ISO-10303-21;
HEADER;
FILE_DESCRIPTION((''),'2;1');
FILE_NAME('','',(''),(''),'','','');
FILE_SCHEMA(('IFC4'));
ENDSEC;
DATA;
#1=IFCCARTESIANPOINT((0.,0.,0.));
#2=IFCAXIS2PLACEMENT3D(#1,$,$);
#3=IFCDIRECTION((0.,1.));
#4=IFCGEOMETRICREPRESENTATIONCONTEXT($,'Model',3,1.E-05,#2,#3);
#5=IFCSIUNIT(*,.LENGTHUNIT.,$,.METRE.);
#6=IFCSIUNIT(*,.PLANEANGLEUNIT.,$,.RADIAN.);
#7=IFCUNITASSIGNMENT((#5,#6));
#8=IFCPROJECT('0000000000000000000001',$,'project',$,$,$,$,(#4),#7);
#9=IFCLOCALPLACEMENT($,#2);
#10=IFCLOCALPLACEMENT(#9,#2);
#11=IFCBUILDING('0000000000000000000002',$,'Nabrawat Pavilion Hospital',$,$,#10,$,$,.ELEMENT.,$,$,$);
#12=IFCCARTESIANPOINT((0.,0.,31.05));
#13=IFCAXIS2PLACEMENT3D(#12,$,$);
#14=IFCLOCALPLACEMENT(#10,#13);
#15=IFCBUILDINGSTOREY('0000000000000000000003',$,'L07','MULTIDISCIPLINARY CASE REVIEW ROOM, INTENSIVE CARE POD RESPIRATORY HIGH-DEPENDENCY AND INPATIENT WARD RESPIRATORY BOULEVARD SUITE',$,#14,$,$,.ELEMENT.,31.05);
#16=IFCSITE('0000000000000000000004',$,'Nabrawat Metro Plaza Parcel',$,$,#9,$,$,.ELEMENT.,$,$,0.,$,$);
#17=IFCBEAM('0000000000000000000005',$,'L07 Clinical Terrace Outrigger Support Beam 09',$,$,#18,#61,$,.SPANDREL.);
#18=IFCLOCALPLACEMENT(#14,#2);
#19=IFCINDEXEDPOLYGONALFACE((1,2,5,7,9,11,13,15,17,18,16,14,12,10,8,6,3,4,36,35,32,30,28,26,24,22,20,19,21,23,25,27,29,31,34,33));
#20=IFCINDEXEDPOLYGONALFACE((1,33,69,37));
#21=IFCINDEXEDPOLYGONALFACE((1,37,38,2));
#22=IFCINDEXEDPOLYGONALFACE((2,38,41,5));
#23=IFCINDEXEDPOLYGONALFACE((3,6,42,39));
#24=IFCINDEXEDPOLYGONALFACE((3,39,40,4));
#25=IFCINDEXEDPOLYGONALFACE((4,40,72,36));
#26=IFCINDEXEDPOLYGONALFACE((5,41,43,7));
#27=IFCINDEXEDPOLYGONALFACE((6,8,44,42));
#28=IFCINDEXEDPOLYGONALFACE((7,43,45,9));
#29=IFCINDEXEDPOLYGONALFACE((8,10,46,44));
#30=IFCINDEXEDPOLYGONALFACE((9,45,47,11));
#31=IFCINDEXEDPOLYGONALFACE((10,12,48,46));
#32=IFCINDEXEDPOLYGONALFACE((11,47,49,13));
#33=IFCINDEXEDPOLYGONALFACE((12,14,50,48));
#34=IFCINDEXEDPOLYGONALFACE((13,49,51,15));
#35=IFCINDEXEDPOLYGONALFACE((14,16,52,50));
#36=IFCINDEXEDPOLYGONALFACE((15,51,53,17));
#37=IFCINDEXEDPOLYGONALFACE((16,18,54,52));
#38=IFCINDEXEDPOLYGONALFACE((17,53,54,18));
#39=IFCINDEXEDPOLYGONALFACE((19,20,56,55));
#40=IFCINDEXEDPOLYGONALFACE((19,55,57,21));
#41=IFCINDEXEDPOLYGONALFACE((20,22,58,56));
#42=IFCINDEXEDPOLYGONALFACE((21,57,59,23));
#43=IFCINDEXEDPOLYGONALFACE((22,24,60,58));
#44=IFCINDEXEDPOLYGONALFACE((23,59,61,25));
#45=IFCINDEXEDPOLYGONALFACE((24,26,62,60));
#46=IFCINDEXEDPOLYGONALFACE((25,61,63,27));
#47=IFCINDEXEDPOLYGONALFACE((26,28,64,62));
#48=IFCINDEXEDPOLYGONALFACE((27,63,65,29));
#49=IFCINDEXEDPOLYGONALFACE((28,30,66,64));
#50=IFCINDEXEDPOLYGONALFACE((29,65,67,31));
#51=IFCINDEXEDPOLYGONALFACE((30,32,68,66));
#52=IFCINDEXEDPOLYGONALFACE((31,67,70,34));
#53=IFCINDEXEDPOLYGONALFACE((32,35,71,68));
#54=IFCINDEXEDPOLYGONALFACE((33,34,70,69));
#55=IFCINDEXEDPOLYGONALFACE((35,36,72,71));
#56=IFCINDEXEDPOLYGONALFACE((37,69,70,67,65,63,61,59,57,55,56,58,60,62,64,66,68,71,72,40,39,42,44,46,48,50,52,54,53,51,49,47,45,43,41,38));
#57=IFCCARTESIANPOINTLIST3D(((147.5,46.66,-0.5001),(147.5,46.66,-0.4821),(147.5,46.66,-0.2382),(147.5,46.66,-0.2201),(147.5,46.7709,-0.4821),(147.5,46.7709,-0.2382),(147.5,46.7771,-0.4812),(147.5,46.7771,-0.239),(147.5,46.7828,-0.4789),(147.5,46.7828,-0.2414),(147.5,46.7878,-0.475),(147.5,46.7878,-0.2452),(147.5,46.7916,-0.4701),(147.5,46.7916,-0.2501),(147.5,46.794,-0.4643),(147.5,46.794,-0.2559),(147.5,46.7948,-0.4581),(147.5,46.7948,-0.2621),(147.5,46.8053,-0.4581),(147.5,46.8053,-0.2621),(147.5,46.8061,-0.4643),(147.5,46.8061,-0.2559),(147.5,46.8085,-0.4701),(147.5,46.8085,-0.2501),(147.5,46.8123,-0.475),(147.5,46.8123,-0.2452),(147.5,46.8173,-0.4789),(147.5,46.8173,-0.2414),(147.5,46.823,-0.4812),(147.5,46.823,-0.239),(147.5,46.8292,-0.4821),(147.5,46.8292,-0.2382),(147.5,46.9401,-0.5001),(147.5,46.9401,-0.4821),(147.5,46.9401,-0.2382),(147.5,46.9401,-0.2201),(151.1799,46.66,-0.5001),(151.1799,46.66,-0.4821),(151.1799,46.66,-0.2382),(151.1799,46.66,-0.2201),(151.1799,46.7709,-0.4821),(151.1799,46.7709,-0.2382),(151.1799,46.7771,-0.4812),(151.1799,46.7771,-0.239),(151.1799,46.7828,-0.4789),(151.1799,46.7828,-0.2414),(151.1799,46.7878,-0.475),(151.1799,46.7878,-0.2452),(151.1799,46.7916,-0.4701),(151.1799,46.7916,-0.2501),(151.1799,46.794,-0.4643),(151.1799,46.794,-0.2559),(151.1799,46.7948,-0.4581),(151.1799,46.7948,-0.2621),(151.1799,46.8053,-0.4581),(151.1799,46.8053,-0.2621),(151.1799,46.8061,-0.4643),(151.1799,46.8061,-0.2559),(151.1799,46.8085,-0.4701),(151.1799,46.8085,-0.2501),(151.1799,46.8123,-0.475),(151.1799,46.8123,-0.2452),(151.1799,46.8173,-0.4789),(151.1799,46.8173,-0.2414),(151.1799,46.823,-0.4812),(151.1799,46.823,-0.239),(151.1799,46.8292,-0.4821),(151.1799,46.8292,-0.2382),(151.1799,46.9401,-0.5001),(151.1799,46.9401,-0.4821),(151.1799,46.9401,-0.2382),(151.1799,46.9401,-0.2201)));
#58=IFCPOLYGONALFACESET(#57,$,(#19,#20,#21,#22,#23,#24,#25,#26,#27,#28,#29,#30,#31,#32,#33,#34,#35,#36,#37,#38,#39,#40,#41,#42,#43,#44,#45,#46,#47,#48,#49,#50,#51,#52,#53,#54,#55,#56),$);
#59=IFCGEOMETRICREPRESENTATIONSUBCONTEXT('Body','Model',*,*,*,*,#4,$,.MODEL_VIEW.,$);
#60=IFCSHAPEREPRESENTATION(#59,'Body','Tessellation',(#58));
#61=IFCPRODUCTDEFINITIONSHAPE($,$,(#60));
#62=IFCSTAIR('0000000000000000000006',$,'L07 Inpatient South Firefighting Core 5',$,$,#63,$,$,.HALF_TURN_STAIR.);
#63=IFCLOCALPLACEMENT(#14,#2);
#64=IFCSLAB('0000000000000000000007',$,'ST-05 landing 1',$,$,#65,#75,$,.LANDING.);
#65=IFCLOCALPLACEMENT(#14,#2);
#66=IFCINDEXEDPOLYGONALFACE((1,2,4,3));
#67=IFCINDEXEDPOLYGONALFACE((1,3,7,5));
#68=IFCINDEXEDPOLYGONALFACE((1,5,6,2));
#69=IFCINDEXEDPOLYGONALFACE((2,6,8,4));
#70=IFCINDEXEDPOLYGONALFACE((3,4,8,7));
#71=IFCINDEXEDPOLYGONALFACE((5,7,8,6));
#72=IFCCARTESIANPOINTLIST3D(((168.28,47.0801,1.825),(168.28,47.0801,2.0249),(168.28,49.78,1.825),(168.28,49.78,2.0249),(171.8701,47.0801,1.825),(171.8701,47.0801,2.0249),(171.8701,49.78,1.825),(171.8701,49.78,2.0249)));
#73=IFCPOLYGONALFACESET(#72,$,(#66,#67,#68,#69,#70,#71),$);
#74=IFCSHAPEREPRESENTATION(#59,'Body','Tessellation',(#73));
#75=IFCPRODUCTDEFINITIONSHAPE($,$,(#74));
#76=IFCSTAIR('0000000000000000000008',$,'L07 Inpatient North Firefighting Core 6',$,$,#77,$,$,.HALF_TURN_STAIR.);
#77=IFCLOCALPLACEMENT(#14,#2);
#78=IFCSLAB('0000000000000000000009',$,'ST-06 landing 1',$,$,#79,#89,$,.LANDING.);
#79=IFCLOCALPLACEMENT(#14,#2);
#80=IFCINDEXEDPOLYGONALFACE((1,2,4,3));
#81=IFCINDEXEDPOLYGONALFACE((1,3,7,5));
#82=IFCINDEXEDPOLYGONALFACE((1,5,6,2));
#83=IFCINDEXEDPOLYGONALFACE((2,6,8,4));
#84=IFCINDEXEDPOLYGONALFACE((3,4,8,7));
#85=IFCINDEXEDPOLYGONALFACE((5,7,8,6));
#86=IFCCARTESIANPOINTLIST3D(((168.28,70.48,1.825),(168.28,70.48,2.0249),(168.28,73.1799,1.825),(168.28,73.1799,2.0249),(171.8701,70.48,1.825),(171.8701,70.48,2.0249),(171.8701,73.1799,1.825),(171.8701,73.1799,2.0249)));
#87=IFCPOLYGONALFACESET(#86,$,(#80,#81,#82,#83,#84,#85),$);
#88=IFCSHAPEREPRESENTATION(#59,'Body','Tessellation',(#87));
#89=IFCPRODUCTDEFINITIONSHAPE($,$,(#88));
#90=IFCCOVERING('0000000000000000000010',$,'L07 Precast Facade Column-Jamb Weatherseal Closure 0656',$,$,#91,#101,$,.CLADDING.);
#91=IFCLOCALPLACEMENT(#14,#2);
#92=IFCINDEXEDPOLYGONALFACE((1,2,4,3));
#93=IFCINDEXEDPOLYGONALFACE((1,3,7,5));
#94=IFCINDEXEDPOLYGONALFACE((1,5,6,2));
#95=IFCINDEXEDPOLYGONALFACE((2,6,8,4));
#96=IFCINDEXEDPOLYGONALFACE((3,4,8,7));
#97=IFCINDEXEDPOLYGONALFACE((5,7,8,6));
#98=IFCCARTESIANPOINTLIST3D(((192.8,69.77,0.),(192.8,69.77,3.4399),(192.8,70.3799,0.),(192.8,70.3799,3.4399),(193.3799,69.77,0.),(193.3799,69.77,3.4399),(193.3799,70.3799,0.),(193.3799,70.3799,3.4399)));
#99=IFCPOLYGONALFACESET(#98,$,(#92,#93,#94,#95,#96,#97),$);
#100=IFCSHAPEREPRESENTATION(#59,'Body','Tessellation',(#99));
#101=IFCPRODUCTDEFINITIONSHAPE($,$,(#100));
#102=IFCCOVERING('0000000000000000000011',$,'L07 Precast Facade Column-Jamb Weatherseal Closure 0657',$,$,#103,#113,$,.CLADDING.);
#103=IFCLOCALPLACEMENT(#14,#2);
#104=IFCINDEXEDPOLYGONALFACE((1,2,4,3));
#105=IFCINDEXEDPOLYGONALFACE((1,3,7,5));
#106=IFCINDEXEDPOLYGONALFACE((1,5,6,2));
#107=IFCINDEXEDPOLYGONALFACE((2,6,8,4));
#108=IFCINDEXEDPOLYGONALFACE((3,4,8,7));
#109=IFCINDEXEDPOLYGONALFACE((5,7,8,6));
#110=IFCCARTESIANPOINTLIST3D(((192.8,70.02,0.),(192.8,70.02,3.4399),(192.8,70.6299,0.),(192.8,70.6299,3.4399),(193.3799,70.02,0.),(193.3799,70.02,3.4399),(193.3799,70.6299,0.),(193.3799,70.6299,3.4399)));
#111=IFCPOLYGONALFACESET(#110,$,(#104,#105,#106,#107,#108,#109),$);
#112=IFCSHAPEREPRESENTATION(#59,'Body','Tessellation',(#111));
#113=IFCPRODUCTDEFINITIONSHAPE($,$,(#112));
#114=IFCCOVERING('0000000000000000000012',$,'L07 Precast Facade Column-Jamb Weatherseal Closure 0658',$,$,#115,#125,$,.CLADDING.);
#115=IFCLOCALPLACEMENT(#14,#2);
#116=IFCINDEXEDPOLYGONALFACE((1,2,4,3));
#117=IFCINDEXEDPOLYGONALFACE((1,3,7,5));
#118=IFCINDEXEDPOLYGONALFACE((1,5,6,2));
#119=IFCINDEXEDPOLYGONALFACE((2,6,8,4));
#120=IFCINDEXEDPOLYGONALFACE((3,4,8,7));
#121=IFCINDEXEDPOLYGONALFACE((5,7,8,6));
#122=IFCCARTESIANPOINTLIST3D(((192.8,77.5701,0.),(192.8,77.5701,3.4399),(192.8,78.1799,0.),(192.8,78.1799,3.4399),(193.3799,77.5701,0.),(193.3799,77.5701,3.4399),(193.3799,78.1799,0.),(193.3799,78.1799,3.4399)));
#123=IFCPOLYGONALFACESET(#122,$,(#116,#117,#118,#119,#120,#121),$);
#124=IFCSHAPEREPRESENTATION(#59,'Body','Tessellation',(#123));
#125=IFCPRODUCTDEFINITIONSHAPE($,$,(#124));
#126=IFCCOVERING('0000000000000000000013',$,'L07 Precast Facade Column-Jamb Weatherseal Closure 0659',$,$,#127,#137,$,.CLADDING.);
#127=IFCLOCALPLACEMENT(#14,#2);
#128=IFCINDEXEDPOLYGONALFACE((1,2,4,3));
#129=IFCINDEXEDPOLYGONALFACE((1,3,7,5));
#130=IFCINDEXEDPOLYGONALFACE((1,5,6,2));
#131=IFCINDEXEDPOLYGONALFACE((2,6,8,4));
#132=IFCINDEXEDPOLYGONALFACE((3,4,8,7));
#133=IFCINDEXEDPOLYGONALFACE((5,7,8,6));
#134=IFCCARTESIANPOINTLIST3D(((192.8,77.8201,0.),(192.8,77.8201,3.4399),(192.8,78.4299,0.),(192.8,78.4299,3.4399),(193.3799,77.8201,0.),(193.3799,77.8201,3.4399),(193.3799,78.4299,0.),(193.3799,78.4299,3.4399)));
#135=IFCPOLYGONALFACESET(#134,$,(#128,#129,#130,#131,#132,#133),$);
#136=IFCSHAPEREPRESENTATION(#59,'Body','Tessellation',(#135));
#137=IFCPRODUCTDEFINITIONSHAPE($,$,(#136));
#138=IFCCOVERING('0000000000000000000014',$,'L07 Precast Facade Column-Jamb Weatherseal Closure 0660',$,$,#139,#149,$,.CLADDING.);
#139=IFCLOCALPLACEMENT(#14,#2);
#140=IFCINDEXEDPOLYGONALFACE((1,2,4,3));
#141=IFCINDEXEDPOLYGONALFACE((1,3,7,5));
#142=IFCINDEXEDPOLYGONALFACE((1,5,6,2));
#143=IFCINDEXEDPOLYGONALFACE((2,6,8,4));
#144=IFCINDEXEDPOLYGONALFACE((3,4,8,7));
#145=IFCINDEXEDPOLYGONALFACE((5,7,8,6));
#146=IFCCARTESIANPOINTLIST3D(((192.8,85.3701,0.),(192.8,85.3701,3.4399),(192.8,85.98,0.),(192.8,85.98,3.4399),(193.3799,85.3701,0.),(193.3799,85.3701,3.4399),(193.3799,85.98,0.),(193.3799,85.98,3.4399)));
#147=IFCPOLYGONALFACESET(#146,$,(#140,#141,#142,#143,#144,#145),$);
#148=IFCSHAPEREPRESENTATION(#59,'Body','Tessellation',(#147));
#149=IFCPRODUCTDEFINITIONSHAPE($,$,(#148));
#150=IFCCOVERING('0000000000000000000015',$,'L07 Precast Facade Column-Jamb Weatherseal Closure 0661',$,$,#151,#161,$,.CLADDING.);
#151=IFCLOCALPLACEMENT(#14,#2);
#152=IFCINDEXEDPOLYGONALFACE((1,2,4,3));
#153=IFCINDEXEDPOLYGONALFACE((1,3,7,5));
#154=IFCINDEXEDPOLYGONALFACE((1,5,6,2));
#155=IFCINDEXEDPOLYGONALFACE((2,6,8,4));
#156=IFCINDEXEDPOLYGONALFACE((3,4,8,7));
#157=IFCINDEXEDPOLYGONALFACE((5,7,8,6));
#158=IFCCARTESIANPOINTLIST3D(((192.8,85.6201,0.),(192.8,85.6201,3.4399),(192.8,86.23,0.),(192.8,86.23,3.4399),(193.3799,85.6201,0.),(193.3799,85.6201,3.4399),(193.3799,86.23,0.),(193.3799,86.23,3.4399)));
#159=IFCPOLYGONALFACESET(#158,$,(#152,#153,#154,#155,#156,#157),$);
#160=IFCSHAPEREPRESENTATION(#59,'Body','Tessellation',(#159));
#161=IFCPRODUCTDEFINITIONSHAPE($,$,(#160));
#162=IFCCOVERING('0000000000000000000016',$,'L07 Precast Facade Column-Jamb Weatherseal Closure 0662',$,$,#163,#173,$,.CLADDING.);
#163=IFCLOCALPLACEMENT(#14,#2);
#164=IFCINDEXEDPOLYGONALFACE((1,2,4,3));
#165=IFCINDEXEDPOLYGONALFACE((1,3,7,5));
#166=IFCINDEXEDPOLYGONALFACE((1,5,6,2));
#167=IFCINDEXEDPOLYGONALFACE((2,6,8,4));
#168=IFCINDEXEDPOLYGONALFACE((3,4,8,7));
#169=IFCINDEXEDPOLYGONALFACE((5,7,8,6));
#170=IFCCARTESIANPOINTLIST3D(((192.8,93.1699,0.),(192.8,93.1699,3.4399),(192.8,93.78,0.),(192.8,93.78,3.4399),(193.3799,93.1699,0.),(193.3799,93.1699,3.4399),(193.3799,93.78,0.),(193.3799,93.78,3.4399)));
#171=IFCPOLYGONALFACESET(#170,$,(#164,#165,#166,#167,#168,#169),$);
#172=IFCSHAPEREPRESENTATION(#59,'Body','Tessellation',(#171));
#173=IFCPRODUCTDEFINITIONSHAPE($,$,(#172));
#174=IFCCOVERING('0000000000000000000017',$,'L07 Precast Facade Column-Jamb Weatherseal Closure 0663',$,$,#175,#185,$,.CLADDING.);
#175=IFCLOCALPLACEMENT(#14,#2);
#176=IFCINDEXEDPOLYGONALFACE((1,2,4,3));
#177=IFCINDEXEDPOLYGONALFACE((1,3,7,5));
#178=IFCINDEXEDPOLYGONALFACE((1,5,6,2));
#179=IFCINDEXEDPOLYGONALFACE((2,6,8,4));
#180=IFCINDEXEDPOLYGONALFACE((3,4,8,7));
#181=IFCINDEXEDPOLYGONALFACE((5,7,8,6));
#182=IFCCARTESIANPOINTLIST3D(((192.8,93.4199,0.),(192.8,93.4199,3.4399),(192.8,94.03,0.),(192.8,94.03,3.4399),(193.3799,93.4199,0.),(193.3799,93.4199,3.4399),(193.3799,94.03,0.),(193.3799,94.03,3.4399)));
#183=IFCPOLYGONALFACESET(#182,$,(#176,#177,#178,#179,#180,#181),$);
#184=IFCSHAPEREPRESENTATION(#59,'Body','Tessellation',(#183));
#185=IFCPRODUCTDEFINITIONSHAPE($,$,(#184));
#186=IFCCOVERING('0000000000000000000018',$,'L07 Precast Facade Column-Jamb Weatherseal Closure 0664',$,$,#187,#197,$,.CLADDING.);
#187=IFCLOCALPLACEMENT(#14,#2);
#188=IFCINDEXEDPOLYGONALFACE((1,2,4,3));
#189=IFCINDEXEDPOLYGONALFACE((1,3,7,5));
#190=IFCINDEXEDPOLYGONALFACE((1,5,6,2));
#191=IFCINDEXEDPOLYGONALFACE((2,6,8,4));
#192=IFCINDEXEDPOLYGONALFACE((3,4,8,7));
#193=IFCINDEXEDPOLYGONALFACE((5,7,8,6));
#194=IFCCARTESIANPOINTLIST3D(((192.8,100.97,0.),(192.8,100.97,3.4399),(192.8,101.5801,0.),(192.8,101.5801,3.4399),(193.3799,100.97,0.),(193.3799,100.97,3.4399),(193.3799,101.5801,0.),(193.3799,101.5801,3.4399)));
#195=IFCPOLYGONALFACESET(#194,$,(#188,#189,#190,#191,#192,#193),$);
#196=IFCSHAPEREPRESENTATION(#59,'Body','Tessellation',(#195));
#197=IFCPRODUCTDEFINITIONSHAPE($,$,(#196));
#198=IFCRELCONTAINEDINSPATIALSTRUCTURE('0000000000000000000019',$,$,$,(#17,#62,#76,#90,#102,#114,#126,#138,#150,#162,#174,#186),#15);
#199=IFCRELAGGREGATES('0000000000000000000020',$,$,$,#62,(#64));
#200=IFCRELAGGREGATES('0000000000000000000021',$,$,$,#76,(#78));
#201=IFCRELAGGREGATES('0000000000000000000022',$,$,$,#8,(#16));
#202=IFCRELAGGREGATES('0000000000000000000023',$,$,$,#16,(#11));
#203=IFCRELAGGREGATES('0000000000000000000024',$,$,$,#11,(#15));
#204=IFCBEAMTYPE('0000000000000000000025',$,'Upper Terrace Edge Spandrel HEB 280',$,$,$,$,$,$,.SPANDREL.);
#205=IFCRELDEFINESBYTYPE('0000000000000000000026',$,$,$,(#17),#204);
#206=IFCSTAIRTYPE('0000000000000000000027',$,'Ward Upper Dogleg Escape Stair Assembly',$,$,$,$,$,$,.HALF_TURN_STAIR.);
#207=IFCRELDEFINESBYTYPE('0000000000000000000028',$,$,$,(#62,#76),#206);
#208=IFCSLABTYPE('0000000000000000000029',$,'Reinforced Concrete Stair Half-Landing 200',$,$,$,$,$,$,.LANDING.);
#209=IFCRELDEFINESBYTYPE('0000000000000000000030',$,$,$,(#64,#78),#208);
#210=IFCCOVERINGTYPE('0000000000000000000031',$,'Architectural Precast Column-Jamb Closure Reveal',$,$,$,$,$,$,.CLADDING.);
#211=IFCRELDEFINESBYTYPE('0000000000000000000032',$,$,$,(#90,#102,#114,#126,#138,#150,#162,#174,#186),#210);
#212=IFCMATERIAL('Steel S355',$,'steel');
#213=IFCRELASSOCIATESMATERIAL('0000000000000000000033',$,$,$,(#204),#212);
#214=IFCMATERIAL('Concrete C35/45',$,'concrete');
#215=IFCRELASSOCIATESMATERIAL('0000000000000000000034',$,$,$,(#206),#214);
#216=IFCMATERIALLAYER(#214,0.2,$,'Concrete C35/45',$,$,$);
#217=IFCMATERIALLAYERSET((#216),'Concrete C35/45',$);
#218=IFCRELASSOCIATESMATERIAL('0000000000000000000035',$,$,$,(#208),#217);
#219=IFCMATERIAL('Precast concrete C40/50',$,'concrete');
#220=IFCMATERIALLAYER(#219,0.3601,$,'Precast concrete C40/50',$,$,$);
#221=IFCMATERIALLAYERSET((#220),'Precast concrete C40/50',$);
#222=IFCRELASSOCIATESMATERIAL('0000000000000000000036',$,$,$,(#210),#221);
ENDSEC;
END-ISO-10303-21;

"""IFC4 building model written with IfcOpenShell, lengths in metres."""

from ifc_helpers import new_model, si_unit, direction, frame, origin, origin_2d, place, context, subcontext, project, spatial, polyline, i_section, outline, extrude, material, layer, layer_set, material_profile, profile_set, type_object, element, aggregate, save


model = new_model("IFC4")

# Units and contexts
model_context = context("Model", 3, precision=1e-05, world=origin(), true_north=direction((0.0, 1.0)))
body_context = subcontext(model_context, "Body", "Model", "MODEL_VIEW")
ifc_project = project(units=[si_unit("LENGTHUNIT", "METRE"), si_unit("PLANEANGLEUNIT", "RADIAN")], contexts=[model_context])

# Site, building, storey
site_placement = place(None, origin())
site = spatial("IfcSite", under=ifc_project, at=site_placement, Name="Nabrawat Metro Plaza Parcel", CompositionType="ELEMENT", RefElevation=0.0)
building_placement = place(site_placement, origin())
building = spatial("IfcBuilding", under=site, at=building_placement, Name="Nabrawat Pavilion Hospital", CompositionType="ELEMENT")
storey_placement = place(building_placement, frame((0.0, 0.0, 31.05)))
storey = spatial("IfcBuildingStorey", under=building, at=storey_placement, Name="L07", Description="MULTIDISCIPLINARY CASE REVIEW ROOM, INTENSIVE CARE POD RESPIRATORY HIGH-DEPENDENCY AND INPATIENT WARD RESPIRATORY BOULEVARD SUITE", CompositionType="ELEMENT", Elevation=31.05)

# Beam
ifc_material_1 = material(Name="Steel S355", Category="steel")
ifc_material_profile = material_profile(ifc_material_1, i_section(OverallWidth=0.28, OverallDepth=0.28, WebThickness=0.0105, FlangeThickness=0.0181, FilletRadius=0.0239, at=origin_2d()), Name="HEB 280")
ifc_profile_set = profile_set([ifc_material_profile], Name="Steel S355")
beam_type = type_object("IfcBeamType", Name="Upper Terrace Edge Spandrel HEB 280", PredefinedType="SPANDREL", material=ifc_profile_set)
beam_placement = place(storey_placement, frame((147.5, 46.8, -0.3601), z_axis=(1.0, 0.0, 0.0), x_axis=(0.0, 1.0, 0.0)))
element("IfcBeam", 1, at=beam_placement, inside=storey, type_object=beam_type, Name="L07 Clinical Terrace Outrigger Support Beam 09", PredefinedType="SPANDREL", context=body_context, shape_type="SweptSolid", body=[
    extrude(i_section(OverallWidth=0.28, OverallDepth=0.28, WebThickness=0.0105, FlangeThickness=0.0181, FilletRadius=0.0239, at=origin_2d()), origin(), (0.0, 0.0, 1.0), 3.6799),
])

# Stairs, slabs
ifc_material_2 = material(Name="Concrete C35/45", Category="concrete")
stair_type = type_object("IfcStairType", Name="Ward Upper Dogleg Escape Stair Assembly", PredefinedType="HALF_TURN_STAIR", material=ifc_material_2)
stair_1_placement = place(storey_placement, origin())
stair_1 = element("IfcStair", 2, at=stair_1_placement, inside=storey, type_object=stair_type, Name="L07 Inpatient South Firefighting Core 5", PredefinedType="HALF_TURN_STAIR")
ifc_layer_1 = layer(ifc_material_2, 0.2, Name="Concrete C35/45")
ifc_layer_set_1 = layer_set([ifc_layer_1], Name="Concrete C35/45")
slab_type = type_object("IfcSlabType", Name="Reinforced Concrete Stair Half-Landing 200", PredefinedType="LANDING", material=ifc_layer_set_1)
slab_1_placement = place(storey_placement, frame((0.0, 0.0, 1.825)))
slab_1 = element("IfcSlab", 3, at=slab_1_placement, type_object=slab_type, Name="ST-05 landing 1", PredefinedType="LANDING", context=body_context, shape_type="SweptSolid", body=[
    extrude(outline(polyline([(171.8701, 47.0801), (171.8701, 49.78), (168.28, 49.78), (168.28, 47.0801), (171.8701, 47.0801)])), origin(), (0.0, 0.0, 1.0), 0.2),
])
aggregate(stair_1, [slab_1])
stair_2_placement = place(storey_placement, origin())
stair_2 = element("IfcStair", 4, at=stair_2_placement, inside=storey, type_object=stair_type, Name="L07 Inpatient North Firefighting Core 6", PredefinedType="HALF_TURN_STAIR")
slab_2_placement = place(storey_placement, frame((0.0, 0.0, 1.825)))
slab_2 = element("IfcSlab", 5, at=slab_2_placement, type_object=slab_type, Name="ST-06 landing 1", PredefinedType="LANDING", context=body_context, shape_type="SweptSolid", body=[
    extrude(outline(polyline([(171.8701, 70.48), (171.8701, 73.1799), (168.28, 73.1799), (168.28, 70.48), (171.8701, 70.48)])), origin(), (0.0, 0.0, 1.0), 0.2),
])
aggregate(stair_2, [slab_2])

# Coverings
ifc_material_3 = material(Name="Precast concrete C40/50", Category="concrete")
ifc_layer_2 = layer(ifc_material_3, 0.3601, Name="Precast concrete C40/50")
ifc_layer_set_2 = layer_set([ifc_layer_2], Name="Precast concrete C40/50")
covering_type_1 = type_object("IfcCoveringType", Name="Architectural Precast Column-Jamb Closure Reveal", PredefinedType="CLADDING", material=ifc_layer_set_2)
covering_1_placement = place(storey_placement, origin())
element("IfcCovering", 6, at=covering_1_placement, inside=storey, type_object=covering_type_1, Name="L07 Precast Facade Column-Jamb Weatherseal Closure 0656", PredefinedType="CLADDING", context=body_context, shape_type="SweptSolid", body=[
    extrude(outline(polyline([(193.3799, 69.77), (193.3799, 70.3799), (192.8, 70.3799), (192.8, 69.77), (193.3799, 69.77)])), origin(), (0.0, 0.0, 1.0), 3.4399),
])
covering_2_placement = place(storey_placement, origin())
element("IfcCovering", 7, at=covering_2_placement, inside=storey, type_object=covering_type_1, Name="L07 Precast Facade Column-Jamb Weatherseal Closure 0657", PredefinedType="CLADDING", context=body_context, shape_type="SweptSolid", body=[
    extrude(outline(polyline([(193.3799, 70.02), (193.3799, 70.6299), (192.8, 70.6299), (192.8, 70.02), (193.3799, 70.02)])), origin(), (0.0, 0.0, 1.0), 3.4399),
])
covering_3_placement = place(storey_placement, origin())
element("IfcCovering", 8, at=covering_3_placement, inside=storey, type_object=covering_type_1, Name="L07 Precast Facade Column-Jamb Weatherseal Closure 0658", PredefinedType="CLADDING", context=body_context, shape_type="SweptSolid", body=[
    extrude(outline(polyline([(193.3799, 77.5701), (193.3799, 78.1799), (192.8, 78.1799), (192.8, 77.5701), (193.3799, 77.5701)])), origin(), (0.0, 0.0, 1.0), 3.4399),
])
covering_4_placement = place(storey_placement, origin())
element("IfcCovering", 9, at=covering_4_placement, inside=storey, type_object=covering_type_1, Name="L07 Precast Facade Column-Jamb Weatherseal Closure 0659", PredefinedType="CLADDING", context=body_context, shape_type="SweptSolid", body=[
    extrude(outline(polyline([(193.3799, 77.8201), (193.3799, 78.4299), (192.8, 78.4299), (192.8, 77.8201), (193.3799, 77.8201)])), origin(), (0.0, 0.0, 1.0), 3.4399),
])
covering_5_placement = place(storey_placement, origin())
element("IfcCovering", 10, at=covering_5_placement, inside=storey, type_object=covering_type_1, Name="L07 Precast Facade Column-Jamb Weatherseal Closure 0660", PredefinedType="CLADDING", context=body_context, shape_type="SweptSolid", body=[
    extrude(outline(polyline([(193.3799, 85.3701), (193.3799, 85.98), (192.8, 85.98), (192.8, 85.3701), (193.3799, 85.3701)])), origin(), (0.0, 0.0, 1.0), 3.4399),
])
covering_6_placement = place(storey_placement, origin())
element("IfcCovering", 11, at=covering_6_placement, inside=storey, type_object=covering_type_1, Name="L07 Precast Facade Column-Jamb Weatherseal Closure 0661", PredefinedType="CLADDING", context=body_context, shape_type="SweptSolid", body=[
    extrude(outline(polyline([(193.3799, 85.6201), (193.3799, 86.23), (192.8, 86.23), (192.8, 85.6201), (193.3799, 85.6201)])), origin(), (0.0, 0.0, 1.0), 3.4399),
])
covering_7_placement = place(storey_placement, origin())
element("IfcCovering", 12, at=covering_7_placement, inside=storey, type_object=covering_type_1, Name="L07 Precast Facade Column-Jamb Weatherseal Closure 0662", PredefinedType="CLADDING", context=body_context, shape_type="SweptSolid", body=[
    extrude(outline(polyline([(193.3799, 93.1699), (193.3799, 93.78), (192.8, 93.78), (192.8, 93.1699), (193.3799, 93.1699)])), origin(), (0.0, 0.0, 1.0), 3.4399),
])
covering_8_placement = place(storey_placement, origin())
element("IfcCovering", 13, at=covering_8_placement, inside=storey, type_object=covering_type_1, Name="L07 Precast Facade Column-Jamb Weatherseal Closure 0663", PredefinedType="CLADDING", context=body_context, shape_type="SweptSolid", body=[
    extrude(outline(polyline([(193.3799, 93.4199), (193.3799, 94.03), (192.8, 94.03), (192.8, 93.4199), (193.3799, 93.4199)])), origin(), (0.0, 0.0, 1.0), 3.4399),
])
covering_9_placement = place(storey_placement, origin())
element("IfcCovering", 14, at=covering_9_placement, inside=storey, type_object=covering_type_1, Name="L07 Precast Facade Column-Jamb Weatherseal Closure 0664", PredefinedType="CLADDING", context=body_context, shape_type="SweptSolid", body=[
    extrude(outline(polyline([(193.3799, 100.97), (193.3799, 101.5801), (192.8, 101.5801), (192.8, 100.97), (193.3799, 100.97)])), origin(), (0.0, 0.0, 1.0), 3.4399),
])

save(model, "model.ifc")
